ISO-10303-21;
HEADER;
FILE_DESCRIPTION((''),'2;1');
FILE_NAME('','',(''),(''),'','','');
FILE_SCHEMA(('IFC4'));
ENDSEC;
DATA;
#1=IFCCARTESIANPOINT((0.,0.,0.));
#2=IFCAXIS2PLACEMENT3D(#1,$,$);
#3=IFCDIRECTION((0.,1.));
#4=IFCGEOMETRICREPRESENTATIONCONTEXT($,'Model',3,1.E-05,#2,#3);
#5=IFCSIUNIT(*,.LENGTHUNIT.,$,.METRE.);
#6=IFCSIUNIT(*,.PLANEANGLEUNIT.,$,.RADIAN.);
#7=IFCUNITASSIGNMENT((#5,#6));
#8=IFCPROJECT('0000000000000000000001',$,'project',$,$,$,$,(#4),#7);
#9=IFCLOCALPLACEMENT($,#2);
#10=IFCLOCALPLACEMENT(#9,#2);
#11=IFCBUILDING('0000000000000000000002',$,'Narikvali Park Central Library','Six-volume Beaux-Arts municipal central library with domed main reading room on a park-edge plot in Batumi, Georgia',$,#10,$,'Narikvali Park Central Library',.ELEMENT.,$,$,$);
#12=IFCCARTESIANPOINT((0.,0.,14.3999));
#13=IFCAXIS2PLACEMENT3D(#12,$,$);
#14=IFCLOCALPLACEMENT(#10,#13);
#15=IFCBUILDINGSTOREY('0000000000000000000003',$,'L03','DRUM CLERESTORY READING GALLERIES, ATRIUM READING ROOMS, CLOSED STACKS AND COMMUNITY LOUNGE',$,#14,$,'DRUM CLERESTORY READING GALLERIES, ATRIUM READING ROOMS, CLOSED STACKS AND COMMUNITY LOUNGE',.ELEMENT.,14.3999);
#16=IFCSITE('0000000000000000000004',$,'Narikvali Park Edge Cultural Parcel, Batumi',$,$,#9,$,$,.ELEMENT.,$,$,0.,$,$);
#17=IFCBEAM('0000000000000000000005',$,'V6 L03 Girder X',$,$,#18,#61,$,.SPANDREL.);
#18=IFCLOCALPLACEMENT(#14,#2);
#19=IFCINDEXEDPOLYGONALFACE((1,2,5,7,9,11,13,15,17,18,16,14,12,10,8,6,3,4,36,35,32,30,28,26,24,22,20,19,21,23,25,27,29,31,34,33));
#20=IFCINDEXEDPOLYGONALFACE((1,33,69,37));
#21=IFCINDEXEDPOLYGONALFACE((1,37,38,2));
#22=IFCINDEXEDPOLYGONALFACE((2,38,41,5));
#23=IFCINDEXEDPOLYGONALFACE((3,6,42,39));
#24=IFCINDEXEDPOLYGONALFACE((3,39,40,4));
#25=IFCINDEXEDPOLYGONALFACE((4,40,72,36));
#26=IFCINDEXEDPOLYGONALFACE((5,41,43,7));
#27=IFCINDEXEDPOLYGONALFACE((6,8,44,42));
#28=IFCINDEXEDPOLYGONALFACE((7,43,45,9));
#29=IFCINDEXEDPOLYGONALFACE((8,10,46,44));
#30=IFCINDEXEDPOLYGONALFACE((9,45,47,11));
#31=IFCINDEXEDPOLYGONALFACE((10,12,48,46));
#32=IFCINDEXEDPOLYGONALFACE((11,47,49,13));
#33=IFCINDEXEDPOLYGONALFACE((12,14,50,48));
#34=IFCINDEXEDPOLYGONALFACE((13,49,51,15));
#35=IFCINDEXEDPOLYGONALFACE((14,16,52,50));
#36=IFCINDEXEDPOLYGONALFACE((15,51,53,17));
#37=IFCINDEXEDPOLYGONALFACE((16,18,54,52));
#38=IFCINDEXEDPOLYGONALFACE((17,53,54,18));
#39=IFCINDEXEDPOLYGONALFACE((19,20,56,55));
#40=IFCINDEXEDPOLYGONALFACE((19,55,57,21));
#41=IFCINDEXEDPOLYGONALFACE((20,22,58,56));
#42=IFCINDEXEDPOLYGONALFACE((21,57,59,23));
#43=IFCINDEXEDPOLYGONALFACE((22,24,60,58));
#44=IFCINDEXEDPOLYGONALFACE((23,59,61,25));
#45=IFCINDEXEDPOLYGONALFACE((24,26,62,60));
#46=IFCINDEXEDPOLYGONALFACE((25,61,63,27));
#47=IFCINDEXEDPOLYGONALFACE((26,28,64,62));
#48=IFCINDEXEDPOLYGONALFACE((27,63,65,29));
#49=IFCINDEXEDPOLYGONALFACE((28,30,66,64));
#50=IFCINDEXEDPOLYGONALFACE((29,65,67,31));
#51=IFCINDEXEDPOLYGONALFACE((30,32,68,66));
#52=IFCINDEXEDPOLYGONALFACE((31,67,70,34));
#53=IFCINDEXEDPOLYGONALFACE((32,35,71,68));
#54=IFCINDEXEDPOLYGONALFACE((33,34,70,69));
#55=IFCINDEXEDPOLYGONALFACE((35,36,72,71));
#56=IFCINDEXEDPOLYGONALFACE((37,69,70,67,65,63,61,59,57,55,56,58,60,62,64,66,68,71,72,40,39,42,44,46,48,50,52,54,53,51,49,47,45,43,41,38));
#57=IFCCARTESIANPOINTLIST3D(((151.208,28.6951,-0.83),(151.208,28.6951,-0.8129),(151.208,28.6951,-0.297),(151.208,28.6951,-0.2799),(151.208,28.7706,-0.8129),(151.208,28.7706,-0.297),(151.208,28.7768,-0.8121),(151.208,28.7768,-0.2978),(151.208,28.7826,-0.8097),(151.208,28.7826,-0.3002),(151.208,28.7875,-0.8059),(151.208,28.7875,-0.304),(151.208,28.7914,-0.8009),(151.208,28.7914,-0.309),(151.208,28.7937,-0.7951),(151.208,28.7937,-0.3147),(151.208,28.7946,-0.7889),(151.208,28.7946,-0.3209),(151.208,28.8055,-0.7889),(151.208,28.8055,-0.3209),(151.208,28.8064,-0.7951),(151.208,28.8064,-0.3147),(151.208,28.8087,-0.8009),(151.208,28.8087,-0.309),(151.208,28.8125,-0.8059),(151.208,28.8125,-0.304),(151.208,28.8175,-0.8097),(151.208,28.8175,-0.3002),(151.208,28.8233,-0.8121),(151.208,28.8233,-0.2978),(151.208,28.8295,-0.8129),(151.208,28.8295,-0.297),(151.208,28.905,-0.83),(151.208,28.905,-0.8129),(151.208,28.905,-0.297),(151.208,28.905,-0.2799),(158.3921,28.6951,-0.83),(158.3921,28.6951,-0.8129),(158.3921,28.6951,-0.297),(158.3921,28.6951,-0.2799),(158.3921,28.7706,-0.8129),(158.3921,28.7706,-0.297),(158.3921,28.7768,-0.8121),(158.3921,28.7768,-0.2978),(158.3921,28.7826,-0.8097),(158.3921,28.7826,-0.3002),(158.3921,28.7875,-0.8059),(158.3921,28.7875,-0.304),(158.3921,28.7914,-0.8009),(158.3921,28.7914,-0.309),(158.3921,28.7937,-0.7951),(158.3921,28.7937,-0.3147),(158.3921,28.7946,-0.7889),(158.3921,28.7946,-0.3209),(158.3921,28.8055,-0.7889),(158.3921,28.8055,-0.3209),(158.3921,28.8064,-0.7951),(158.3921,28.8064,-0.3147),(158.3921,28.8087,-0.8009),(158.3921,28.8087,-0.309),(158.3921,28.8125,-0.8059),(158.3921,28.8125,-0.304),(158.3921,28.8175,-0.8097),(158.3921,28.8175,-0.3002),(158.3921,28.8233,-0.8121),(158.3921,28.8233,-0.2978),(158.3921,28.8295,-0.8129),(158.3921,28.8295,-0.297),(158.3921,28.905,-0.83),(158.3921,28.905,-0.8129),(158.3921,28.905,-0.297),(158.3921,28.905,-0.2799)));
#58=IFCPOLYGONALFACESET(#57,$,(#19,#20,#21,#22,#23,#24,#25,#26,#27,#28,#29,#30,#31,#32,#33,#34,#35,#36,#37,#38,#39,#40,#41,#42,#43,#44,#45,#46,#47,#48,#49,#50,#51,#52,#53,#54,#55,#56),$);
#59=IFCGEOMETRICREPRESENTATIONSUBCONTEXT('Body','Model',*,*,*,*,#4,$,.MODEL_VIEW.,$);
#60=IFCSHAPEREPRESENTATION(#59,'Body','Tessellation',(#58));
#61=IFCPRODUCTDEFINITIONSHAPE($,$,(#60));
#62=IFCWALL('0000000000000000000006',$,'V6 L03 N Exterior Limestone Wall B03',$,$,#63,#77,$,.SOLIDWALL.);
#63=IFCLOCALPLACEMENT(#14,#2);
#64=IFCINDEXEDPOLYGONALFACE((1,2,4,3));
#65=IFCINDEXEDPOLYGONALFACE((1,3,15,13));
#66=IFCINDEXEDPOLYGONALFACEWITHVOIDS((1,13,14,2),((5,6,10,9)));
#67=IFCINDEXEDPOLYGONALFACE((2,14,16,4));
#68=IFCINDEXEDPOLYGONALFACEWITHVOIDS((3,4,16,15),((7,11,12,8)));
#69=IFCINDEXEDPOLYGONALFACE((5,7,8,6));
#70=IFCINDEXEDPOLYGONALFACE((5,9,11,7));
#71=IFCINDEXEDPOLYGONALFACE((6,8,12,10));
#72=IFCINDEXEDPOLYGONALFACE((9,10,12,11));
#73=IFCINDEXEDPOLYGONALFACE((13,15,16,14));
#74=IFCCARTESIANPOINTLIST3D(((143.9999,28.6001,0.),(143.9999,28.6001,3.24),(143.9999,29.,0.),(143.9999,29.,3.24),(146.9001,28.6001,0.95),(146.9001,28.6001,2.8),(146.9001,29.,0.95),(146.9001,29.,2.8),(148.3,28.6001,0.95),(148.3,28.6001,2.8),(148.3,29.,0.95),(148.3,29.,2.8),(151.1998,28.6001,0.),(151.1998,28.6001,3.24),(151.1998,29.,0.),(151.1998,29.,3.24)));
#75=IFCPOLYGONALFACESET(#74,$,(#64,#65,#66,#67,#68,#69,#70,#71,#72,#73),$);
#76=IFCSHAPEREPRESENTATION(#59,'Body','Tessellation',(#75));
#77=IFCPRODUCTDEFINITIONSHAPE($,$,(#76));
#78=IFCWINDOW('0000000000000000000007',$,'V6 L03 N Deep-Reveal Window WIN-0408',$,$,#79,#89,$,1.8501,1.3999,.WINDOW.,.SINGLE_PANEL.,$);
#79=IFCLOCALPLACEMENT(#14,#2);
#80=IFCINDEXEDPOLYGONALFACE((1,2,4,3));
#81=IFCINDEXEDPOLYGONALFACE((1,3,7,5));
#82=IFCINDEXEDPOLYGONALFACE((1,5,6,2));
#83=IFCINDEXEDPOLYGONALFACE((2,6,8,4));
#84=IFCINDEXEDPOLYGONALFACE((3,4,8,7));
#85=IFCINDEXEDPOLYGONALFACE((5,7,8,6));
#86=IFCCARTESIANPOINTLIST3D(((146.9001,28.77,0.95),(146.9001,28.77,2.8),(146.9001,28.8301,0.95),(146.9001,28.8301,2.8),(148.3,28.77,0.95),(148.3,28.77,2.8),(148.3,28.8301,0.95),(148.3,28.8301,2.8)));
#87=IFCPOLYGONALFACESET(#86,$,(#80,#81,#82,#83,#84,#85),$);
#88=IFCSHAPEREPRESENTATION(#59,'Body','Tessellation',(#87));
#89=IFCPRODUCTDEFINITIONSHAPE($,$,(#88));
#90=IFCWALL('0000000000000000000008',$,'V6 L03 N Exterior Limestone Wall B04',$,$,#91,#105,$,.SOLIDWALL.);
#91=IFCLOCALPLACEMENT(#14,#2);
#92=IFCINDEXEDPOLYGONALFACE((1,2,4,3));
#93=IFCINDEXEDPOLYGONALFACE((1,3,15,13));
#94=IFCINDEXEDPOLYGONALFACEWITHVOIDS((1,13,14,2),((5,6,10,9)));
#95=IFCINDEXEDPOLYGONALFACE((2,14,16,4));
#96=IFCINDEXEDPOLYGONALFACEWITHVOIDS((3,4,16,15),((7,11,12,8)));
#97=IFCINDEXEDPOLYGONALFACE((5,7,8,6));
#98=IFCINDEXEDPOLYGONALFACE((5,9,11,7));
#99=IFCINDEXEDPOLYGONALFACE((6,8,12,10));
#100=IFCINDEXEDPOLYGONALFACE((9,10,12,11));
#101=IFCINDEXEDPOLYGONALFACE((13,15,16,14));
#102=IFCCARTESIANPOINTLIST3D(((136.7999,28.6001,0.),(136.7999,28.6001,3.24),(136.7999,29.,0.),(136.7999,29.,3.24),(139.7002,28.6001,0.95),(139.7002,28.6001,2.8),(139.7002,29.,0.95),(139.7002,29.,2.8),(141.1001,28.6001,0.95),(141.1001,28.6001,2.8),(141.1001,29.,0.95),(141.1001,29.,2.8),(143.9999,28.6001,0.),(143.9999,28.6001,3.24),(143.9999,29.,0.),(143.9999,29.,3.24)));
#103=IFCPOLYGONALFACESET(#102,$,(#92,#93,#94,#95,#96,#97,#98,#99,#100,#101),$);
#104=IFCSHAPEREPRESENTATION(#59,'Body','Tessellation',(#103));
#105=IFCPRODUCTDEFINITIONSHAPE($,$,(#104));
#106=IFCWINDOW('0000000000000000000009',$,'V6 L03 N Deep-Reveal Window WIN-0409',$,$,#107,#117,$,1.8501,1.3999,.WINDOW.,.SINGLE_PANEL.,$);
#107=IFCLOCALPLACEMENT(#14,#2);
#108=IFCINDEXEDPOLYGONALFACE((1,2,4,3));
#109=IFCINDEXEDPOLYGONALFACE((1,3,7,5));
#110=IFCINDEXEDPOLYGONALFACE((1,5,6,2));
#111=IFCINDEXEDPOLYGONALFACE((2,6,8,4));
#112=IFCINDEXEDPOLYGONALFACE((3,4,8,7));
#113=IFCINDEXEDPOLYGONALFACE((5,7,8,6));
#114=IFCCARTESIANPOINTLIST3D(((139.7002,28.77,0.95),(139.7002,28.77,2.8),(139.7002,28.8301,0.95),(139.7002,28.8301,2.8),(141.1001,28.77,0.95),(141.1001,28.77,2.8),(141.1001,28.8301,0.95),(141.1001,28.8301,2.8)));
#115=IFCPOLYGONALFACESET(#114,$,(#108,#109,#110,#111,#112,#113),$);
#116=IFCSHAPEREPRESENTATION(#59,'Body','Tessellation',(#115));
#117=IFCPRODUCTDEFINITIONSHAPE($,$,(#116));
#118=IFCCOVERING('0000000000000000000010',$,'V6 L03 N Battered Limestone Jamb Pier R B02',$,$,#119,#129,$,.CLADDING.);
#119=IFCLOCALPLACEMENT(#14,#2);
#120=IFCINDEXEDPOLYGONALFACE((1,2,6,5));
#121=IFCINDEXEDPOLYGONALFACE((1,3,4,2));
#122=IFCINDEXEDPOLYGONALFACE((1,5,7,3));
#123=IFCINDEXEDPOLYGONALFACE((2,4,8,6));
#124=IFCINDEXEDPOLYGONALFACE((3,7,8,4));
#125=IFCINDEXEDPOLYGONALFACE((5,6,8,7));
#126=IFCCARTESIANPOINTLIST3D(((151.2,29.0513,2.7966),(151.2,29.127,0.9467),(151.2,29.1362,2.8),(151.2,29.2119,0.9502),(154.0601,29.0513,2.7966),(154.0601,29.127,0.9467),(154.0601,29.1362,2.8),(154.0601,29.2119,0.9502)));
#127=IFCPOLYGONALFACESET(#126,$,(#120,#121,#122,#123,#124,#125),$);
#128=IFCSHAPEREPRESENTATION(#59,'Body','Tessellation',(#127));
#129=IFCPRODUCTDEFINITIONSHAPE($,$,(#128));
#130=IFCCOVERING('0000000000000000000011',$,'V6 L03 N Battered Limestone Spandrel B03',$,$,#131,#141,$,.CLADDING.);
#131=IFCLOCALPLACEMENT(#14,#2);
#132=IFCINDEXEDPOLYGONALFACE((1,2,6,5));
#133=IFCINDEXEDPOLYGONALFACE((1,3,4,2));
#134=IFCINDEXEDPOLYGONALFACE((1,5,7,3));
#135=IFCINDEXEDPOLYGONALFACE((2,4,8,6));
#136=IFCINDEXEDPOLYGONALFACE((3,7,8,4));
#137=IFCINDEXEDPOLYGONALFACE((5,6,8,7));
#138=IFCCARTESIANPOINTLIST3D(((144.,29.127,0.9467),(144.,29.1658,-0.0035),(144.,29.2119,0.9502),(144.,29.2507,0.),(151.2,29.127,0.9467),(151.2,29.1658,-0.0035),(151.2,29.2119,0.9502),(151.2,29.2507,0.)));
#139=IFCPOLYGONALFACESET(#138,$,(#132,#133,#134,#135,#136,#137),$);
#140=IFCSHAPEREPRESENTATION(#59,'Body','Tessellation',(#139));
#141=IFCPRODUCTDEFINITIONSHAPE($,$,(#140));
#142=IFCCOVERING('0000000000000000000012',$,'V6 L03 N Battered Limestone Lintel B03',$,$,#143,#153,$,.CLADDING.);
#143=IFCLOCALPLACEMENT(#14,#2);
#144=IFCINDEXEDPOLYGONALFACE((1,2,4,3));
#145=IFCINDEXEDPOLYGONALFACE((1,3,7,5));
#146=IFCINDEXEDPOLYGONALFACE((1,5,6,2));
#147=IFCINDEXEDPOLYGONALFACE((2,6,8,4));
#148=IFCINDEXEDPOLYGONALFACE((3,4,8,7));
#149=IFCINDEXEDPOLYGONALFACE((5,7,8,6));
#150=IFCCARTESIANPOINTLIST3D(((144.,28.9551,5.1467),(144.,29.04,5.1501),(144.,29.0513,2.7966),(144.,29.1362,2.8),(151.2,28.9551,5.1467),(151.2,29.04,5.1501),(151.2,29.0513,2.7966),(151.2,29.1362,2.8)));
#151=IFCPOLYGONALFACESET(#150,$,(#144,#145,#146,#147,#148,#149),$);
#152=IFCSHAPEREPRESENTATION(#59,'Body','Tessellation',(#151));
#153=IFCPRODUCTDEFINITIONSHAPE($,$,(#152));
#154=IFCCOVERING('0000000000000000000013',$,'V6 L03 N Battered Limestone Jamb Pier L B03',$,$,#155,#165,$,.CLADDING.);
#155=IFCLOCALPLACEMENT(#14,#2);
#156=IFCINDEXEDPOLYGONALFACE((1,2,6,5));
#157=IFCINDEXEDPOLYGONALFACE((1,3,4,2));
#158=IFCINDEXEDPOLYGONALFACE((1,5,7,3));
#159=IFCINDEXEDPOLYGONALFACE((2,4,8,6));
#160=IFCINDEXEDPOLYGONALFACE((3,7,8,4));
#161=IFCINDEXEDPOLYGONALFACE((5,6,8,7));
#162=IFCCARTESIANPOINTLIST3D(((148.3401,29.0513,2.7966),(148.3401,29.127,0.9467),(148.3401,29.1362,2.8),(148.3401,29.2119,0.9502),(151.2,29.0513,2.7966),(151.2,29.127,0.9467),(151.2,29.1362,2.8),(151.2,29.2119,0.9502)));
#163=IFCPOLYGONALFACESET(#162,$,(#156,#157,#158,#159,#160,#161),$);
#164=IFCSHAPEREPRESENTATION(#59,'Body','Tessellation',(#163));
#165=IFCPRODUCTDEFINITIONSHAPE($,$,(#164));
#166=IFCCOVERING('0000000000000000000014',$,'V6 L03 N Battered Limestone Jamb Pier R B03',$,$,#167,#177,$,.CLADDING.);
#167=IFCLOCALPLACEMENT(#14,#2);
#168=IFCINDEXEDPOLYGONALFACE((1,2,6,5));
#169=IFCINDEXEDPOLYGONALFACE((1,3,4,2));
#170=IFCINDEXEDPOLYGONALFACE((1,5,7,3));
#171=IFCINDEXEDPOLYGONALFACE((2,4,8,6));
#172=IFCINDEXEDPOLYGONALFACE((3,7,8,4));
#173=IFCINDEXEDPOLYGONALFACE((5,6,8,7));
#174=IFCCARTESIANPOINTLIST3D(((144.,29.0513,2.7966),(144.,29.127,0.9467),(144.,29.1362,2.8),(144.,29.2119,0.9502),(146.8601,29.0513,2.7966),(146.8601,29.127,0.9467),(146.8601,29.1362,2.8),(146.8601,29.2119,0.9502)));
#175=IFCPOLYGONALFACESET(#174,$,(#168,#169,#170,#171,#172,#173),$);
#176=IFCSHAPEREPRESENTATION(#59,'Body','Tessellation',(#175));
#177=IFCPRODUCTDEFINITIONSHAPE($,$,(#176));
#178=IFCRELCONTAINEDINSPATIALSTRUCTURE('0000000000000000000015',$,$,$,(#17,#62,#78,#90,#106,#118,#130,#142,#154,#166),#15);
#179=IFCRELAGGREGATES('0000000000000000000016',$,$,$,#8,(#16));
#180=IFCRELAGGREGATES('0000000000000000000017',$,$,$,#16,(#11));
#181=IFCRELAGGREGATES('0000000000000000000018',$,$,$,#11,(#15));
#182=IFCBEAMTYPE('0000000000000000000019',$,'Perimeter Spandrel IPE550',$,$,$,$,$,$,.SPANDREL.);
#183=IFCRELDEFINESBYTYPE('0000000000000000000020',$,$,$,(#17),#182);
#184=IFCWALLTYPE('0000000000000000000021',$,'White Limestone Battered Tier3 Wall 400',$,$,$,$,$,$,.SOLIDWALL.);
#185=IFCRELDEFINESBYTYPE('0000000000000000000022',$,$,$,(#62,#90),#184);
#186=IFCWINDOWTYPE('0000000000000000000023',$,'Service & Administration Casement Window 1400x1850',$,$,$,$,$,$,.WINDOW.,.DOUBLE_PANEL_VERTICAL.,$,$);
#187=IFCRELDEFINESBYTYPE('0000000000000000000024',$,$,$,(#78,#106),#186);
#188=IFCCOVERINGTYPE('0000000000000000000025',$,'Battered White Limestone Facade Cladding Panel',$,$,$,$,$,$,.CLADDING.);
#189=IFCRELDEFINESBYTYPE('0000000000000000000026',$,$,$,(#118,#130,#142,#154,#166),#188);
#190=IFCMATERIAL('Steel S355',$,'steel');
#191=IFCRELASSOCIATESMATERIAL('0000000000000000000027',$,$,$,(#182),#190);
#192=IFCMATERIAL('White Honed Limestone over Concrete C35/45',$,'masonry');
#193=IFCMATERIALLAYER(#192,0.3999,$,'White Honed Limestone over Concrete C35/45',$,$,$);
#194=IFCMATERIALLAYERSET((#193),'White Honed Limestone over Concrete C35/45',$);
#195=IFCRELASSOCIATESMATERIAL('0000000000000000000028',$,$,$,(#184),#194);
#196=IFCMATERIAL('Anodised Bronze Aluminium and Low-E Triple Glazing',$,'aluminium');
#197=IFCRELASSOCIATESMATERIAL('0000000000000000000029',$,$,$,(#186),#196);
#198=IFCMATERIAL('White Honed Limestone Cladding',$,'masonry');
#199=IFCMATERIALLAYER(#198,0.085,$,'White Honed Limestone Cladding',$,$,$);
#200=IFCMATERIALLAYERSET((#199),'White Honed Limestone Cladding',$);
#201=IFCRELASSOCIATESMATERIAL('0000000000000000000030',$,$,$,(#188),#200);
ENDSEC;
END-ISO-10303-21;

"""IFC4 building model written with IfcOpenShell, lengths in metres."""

from ifc_helpers import new_model, si_unit, direction, frame, frame_2d, origin, origin_2d, place, context, subcontext, project, spatial, polyline, rectangle, i_section, outline, extrude, material, layer, layer_set, material_profile, profile_set, type_object, element, fill, save


model = new_model("IFC4")

# Units and contexts
model_context = context("Model", 3, precision=1e-05, world=origin(), true_north=direction((0.0, 1.0)))
body_context = subcontext(model_context, "Body", "Model", "MODEL_VIEW")
ifc_project = project(units=[si_unit("LENGTHUNIT", "METRE"), si_unit("PLANEANGLEUNIT", "RADIAN")], contexts=[model_context])

# Site, building, storey
site_placement = place(None, origin())
site = spatial("IfcSite", under=ifc_project, at=site_placement, Name="Narikvali Park Edge Cultural Parcel, Batumi", CompositionType="ELEMENT", RefElevation=0.0)
building_placement = place(site_placement, origin())
building = spatial("IfcBuilding", under=site, at=building_placement, Name="Narikvali Park Central Library", Description="Six-volume Beaux-Arts municipal central library with domed main reading room on a park-edge plot in Batumi, Georgia", LongName="Narikvali Park Central Library", CompositionType="ELEMENT")
storey_placement = place(building_placement, frame((0.0, 0.0, 14.3999)))
storey = spatial("IfcBuildingStorey", under=building, at=storey_placement, Name="L03", Description="DRUM CLERESTORY READING GALLERIES, ATRIUM READING ROOMS, CLOSED STACKS AND COMMUNITY LOUNGE", LongName="DRUM CLERESTORY READING GALLERIES, ATRIUM READING ROOMS, CLOSED STACKS AND COMMUNITY LOUNGE", CompositionType="ELEMENT", Elevation=14.3999)

# Shared definitions
ifc_material_1 = material(Name="Steel S355", Category="steel")

# Beam
ifc_material_profile_1 = material_profile(ifc_material_1, i_section(OverallWidth=0.21, OverallDepth=0.55, WebThickness=0.011, FlangeThickness=0.0171, FilletRadius=0.0239, at=origin_2d()), Name="IPE 550")
ifc_profile_set_1 = profile_set([ifc_material_profile_1], Name="Steel S355")
beam_type_1 = type_object("IfcBeamType", Name="Perimeter Spandrel IPE550", PredefinedType="SPANDREL", material=ifc_profile_set_1)
beam_1_placement = place(storey_placement, frame((151.208, 28.8, -0.5549), z_axis=(1.0, 0.0, 0.0), x_axis=(0.0, 1.0, 0.0)))
element("IfcBeam", 1, at=beam_1_placement, inside=storey, type_object=beam_type_1, Name="V6 L03 Girder X", PredefinedType="SPANDREL", context=body_context, shape_type="SweptSolid", body=[
    extrude(i_section(OverallWidth=0.21, OverallDepth=0.55, WebThickness=0.011, FlangeThickness=0.0171, FilletRadius=0.0239, at=origin_2d()), origin(), (0.0, 0.0, 1.0), 7.1841),
])

# Walls, openings, windows
ifc_material_2 = material(Name="White Honed Limestone over Concrete C35/45", Category="masonry")
ifc_layer_1 = layer(ifc_material_2, 0.3999, Name="White Honed Limestone over Concrete C35/45")
ifc_layer_set_1 = layer_set([ifc_layer_1], Name="White Honed Limestone over Concrete C35/45")
wall_type = type_object("IfcWallType", Name="White Limestone Battered Tier3 Wall 400", PredefinedType="SOLIDWALL", material=ifc_layer_set_1)
wall_1_placement = place(storey_placement, frame((151.2, 28.8, 0.0), z_axis=(0.0, 0.0, 1.0), x_axis=(-1.0, 0.0, 0.0)))
wall_1 = element("IfcWall", 2, at=wall_1_placement, inside=storey, type_object=wall_type, Name="V6 L03 N Exterior Limestone Wall B03", PredefinedType="SOLIDWALL", context=body_context, shape_type="SweptSolid", body=[
    extrude(rectangle(XDim=7.2, YDim=0.3999, at=frame_2d((3.6001, 0.0))), origin(), (0.0, 0.0, 1.0), 3.24),
])
opening_1_placement = place(wall_1_placement, frame((2.8999, 0.0, 0.95)))
opening_1 = element("IfcOpeningElement", 3, at=opening_1_placement, cuts=wall_1, PredefinedType="OPENING", context=body_context, shape_type="SweptSolid", body=[
    extrude(rectangle(XDim=1.3999, YDim=1.8501, at=frame_2d((0.7, 0.925))), frame((0.0, 0.2119, 0.0), z_axis=(0.0, -1.0, 0.0), x_axis=(1.0, 0.0, 0.0)), (0.0, 0.0, 1.0), 0.4238),
])
ifc_material_3 = material(Name="Anodised Bronze Aluminium and Low-E Triple Glazing", Category="aluminium")
window_type = type_object("IfcWindowType", Name="Service & Administration Casement Window 1400x1850", PartitioningType="DOUBLE_PANEL_VERTICAL", PredefinedType="WINDOW", material=ifc_material_3)
window_1_placement = place(opening_1_placement, origin())
window_1 = element("IfcWindow", 4, at=window_1_placement, inside=storey, type_object=window_type, Name="V6 L03 N Deep-Reveal Window WIN-0408", OverallHeight=1.8501, OverallWidth=1.3999, PartitioningType="SINGLE_PANEL", PredefinedType="WINDOW", context=body_context, shape_type="SweptSolid", body=[
    extrude(rectangle(XDim=1.3999, YDim=1.8501, at=frame_2d((0.7, 0.925))), frame((0.0, 0.03, 0.0), z_axis=(0.0, -1.0, 0.0), x_axis=(1.0, 0.0, 0.0)), (0.0, 0.0, 1.0), 0.0601),
])
fill(opening_1, window_1)
wall_2_placement = place(storey_placement, frame((144.0, 28.8, 0.0), z_axis=(0.0, 0.0, 1.0), x_axis=(-1.0, 0.0, 0.0)))
wall_2 = element("IfcWall", 5, at=wall_2_placement, inside=storey, type_object=wall_type, Name="V6 L03 N Exterior Limestone Wall B04", PredefinedType="SOLIDWALL", context=body_context, shape_type="SweptSolid", body=[
    extrude(rectangle(XDim=7.2, YDim=0.3999, at=frame_2d((3.6001, 0.0))), origin(), (0.0, 0.0, 1.0), 3.24),
])
opening_2_placement = place(wall_2_placement, frame((2.8999, 0.0, 0.95)))
opening_2 = element("IfcOpeningElement", 6, at=opening_2_placement, cuts=wall_2, PredefinedType="OPENING", context=body_context, shape_type="SweptSolid", body=[
    extrude(rectangle(XDim=1.3999, YDim=1.8501, at=frame_2d((0.7, 0.925))), frame((0.0, 0.2119, 0.0), z_axis=(0.0, -1.0, 0.0), x_axis=(1.0, 0.0, 0.0)), (0.0, 0.0, 1.0), 0.4238),
])
window_2_placement = place(opening_2_placement, origin())
window_2 = element("IfcWindow", 7, at=window_2_placement, inside=storey, type_object=window_type, Name="V6 L03 N Deep-Reveal Window WIN-0409", OverallHeight=1.8501, OverallWidth=1.3999, PartitioningType="SINGLE_PANEL", PredefinedType="WINDOW", context=body_context, shape_type="SweptSolid", body=[
    extrude(rectangle(XDim=1.3999, YDim=1.8501, at=frame_2d((0.7, 0.925))), frame((0.0, 0.03, 0.0), z_axis=(0.0, -1.0, 0.0), x_axis=(1.0, 0.0, 0.0)), (0.0, 0.0, 1.0), 0.0601),
])
fill(opening_2, window_2)

# Coverings
ifc_material_4 = material(Name="White Honed Limestone Cladding", Category="masonry")
ifc_layer_2 = layer(ifc_material_4, 0.085, Name="White Honed Limestone Cladding")
ifc_layer_set_2 = layer_set([ifc_layer_2], Name="White Honed Limestone Cladding")
covering_type = type_object("IfcCoveringType", Name="Battered White Limestone Facade Cladding Panel", PredefinedType="CLADDING", material=ifc_layer_set_2)
covering_1_placement = place(storey_placement, frame((154.0601, 29.2119, 0.9502), z_axis=(0.0, 0.999164, 0.040879), x_axis=(-1.0, 0.0, 0.0)))
element("IfcCovering", 8, at=covering_1_placement, inside=storey, type_object=covering_type, Name="V6 L03 N Battered Limestone Jamb Pier R B02", PredefinedType="CLADDING", context=body_context, shape_type="SweptSolid", body=[
    extrude(outline(polyline([(0.0, 0.0), (2.8601, 0.0), (2.8601, 1.8514), (0.0, 1.8514), (0.0, 0.0)])), origin(), (0.0, 0.0, -1.0), 0.085),
])
covering_2_placement = place(storey_placement, frame((151.2, 29.2507, 0.0), z_axis=(0.0, 0.999167, 0.040819), x_axis=(-1.0, 0.0, 0.0)))
element("IfcCovering", 9, at=covering_2_placement, inside=storey, type_object=covering_type, Name="V6 L03 N Battered Limestone Spandrel B03", PredefinedType="CLADDING", context=body_context, shape_type="SweptSolid", body=[
    extrude(outline(polyline([(0.0, 0.0), (7.2, 0.0), (7.2, 0.951), (0.0, 0.951), (0.0, 0.0)])), origin(), (0.0, 0.0, -1.0), 0.085),
])
covering_3_placement = place(storey_placement, frame((151.2, 29.1362, 2.8), z_axis=(0.0, 0.999163, 0.040897), x_axis=(-1.0, 0.0, 0.0)))
element("IfcCovering", 10, at=covering_3_placement, inside=storey, type_object=covering_type, Name="V6 L03 N Battered Limestone Lintel B03", PredefinedType="CLADDING", context=body_context, shape_type="SweptSolid", body=[
    extrude(outline(polyline([(0.0, 0.0), (7.2, 0.0), (7.2, 2.3521), (0.0, 2.3521), (0.0, 0.0)])), origin(), (0.0, 0.0, -1.0), 0.085),
])
covering_4_placement = place(storey_placement, frame((151.2, 29.2119, 0.9502), z_axis=(0.0, 0.999164, 0.040879), x_axis=(-1.0, 0.0, 0.0)))
element("IfcCovering", 11, at=covering_4_placement, inside=storey, type_object=covering_type, Name="V6 L03 N Battered Limestone Jamb Pier L B03", PredefinedType="CLADDING", context=body_context, shape_type="SweptSolid", body=[
    extrude(outline(polyline([(0.0, 0.0), (2.8599, 0.0), (2.8599, 1.8514), (0.0, 1.8514), (0.0, 0.0)])), origin(), (0.0, 0.0, -1.0), 0.085),
])
covering_5_placement = place(storey_placement, frame((146.8601, 29.2119, 0.9502), z_axis=(0.0, 0.999164, 0.040879), x_axis=(-1.0, 0.0, 0.0)))
element("IfcCovering", 12, at=covering_5_placement, inside=storey, type_object=covering_type, Name="V6 L03 N Battered Limestone Jamb Pier R B03", PredefinedType="CLADDING", context=body_context, shape_type="SweptSolid", body=[
    extrude(outline(polyline([(0.0, 0.0), (2.8601, 0.0), (2.8601, 1.8514), (0.0, 1.8514), (0.0, 0.0)])), origin(), (0.0, 0.0, -1.0), 0.085),
])

save(model, "model.ifc")
